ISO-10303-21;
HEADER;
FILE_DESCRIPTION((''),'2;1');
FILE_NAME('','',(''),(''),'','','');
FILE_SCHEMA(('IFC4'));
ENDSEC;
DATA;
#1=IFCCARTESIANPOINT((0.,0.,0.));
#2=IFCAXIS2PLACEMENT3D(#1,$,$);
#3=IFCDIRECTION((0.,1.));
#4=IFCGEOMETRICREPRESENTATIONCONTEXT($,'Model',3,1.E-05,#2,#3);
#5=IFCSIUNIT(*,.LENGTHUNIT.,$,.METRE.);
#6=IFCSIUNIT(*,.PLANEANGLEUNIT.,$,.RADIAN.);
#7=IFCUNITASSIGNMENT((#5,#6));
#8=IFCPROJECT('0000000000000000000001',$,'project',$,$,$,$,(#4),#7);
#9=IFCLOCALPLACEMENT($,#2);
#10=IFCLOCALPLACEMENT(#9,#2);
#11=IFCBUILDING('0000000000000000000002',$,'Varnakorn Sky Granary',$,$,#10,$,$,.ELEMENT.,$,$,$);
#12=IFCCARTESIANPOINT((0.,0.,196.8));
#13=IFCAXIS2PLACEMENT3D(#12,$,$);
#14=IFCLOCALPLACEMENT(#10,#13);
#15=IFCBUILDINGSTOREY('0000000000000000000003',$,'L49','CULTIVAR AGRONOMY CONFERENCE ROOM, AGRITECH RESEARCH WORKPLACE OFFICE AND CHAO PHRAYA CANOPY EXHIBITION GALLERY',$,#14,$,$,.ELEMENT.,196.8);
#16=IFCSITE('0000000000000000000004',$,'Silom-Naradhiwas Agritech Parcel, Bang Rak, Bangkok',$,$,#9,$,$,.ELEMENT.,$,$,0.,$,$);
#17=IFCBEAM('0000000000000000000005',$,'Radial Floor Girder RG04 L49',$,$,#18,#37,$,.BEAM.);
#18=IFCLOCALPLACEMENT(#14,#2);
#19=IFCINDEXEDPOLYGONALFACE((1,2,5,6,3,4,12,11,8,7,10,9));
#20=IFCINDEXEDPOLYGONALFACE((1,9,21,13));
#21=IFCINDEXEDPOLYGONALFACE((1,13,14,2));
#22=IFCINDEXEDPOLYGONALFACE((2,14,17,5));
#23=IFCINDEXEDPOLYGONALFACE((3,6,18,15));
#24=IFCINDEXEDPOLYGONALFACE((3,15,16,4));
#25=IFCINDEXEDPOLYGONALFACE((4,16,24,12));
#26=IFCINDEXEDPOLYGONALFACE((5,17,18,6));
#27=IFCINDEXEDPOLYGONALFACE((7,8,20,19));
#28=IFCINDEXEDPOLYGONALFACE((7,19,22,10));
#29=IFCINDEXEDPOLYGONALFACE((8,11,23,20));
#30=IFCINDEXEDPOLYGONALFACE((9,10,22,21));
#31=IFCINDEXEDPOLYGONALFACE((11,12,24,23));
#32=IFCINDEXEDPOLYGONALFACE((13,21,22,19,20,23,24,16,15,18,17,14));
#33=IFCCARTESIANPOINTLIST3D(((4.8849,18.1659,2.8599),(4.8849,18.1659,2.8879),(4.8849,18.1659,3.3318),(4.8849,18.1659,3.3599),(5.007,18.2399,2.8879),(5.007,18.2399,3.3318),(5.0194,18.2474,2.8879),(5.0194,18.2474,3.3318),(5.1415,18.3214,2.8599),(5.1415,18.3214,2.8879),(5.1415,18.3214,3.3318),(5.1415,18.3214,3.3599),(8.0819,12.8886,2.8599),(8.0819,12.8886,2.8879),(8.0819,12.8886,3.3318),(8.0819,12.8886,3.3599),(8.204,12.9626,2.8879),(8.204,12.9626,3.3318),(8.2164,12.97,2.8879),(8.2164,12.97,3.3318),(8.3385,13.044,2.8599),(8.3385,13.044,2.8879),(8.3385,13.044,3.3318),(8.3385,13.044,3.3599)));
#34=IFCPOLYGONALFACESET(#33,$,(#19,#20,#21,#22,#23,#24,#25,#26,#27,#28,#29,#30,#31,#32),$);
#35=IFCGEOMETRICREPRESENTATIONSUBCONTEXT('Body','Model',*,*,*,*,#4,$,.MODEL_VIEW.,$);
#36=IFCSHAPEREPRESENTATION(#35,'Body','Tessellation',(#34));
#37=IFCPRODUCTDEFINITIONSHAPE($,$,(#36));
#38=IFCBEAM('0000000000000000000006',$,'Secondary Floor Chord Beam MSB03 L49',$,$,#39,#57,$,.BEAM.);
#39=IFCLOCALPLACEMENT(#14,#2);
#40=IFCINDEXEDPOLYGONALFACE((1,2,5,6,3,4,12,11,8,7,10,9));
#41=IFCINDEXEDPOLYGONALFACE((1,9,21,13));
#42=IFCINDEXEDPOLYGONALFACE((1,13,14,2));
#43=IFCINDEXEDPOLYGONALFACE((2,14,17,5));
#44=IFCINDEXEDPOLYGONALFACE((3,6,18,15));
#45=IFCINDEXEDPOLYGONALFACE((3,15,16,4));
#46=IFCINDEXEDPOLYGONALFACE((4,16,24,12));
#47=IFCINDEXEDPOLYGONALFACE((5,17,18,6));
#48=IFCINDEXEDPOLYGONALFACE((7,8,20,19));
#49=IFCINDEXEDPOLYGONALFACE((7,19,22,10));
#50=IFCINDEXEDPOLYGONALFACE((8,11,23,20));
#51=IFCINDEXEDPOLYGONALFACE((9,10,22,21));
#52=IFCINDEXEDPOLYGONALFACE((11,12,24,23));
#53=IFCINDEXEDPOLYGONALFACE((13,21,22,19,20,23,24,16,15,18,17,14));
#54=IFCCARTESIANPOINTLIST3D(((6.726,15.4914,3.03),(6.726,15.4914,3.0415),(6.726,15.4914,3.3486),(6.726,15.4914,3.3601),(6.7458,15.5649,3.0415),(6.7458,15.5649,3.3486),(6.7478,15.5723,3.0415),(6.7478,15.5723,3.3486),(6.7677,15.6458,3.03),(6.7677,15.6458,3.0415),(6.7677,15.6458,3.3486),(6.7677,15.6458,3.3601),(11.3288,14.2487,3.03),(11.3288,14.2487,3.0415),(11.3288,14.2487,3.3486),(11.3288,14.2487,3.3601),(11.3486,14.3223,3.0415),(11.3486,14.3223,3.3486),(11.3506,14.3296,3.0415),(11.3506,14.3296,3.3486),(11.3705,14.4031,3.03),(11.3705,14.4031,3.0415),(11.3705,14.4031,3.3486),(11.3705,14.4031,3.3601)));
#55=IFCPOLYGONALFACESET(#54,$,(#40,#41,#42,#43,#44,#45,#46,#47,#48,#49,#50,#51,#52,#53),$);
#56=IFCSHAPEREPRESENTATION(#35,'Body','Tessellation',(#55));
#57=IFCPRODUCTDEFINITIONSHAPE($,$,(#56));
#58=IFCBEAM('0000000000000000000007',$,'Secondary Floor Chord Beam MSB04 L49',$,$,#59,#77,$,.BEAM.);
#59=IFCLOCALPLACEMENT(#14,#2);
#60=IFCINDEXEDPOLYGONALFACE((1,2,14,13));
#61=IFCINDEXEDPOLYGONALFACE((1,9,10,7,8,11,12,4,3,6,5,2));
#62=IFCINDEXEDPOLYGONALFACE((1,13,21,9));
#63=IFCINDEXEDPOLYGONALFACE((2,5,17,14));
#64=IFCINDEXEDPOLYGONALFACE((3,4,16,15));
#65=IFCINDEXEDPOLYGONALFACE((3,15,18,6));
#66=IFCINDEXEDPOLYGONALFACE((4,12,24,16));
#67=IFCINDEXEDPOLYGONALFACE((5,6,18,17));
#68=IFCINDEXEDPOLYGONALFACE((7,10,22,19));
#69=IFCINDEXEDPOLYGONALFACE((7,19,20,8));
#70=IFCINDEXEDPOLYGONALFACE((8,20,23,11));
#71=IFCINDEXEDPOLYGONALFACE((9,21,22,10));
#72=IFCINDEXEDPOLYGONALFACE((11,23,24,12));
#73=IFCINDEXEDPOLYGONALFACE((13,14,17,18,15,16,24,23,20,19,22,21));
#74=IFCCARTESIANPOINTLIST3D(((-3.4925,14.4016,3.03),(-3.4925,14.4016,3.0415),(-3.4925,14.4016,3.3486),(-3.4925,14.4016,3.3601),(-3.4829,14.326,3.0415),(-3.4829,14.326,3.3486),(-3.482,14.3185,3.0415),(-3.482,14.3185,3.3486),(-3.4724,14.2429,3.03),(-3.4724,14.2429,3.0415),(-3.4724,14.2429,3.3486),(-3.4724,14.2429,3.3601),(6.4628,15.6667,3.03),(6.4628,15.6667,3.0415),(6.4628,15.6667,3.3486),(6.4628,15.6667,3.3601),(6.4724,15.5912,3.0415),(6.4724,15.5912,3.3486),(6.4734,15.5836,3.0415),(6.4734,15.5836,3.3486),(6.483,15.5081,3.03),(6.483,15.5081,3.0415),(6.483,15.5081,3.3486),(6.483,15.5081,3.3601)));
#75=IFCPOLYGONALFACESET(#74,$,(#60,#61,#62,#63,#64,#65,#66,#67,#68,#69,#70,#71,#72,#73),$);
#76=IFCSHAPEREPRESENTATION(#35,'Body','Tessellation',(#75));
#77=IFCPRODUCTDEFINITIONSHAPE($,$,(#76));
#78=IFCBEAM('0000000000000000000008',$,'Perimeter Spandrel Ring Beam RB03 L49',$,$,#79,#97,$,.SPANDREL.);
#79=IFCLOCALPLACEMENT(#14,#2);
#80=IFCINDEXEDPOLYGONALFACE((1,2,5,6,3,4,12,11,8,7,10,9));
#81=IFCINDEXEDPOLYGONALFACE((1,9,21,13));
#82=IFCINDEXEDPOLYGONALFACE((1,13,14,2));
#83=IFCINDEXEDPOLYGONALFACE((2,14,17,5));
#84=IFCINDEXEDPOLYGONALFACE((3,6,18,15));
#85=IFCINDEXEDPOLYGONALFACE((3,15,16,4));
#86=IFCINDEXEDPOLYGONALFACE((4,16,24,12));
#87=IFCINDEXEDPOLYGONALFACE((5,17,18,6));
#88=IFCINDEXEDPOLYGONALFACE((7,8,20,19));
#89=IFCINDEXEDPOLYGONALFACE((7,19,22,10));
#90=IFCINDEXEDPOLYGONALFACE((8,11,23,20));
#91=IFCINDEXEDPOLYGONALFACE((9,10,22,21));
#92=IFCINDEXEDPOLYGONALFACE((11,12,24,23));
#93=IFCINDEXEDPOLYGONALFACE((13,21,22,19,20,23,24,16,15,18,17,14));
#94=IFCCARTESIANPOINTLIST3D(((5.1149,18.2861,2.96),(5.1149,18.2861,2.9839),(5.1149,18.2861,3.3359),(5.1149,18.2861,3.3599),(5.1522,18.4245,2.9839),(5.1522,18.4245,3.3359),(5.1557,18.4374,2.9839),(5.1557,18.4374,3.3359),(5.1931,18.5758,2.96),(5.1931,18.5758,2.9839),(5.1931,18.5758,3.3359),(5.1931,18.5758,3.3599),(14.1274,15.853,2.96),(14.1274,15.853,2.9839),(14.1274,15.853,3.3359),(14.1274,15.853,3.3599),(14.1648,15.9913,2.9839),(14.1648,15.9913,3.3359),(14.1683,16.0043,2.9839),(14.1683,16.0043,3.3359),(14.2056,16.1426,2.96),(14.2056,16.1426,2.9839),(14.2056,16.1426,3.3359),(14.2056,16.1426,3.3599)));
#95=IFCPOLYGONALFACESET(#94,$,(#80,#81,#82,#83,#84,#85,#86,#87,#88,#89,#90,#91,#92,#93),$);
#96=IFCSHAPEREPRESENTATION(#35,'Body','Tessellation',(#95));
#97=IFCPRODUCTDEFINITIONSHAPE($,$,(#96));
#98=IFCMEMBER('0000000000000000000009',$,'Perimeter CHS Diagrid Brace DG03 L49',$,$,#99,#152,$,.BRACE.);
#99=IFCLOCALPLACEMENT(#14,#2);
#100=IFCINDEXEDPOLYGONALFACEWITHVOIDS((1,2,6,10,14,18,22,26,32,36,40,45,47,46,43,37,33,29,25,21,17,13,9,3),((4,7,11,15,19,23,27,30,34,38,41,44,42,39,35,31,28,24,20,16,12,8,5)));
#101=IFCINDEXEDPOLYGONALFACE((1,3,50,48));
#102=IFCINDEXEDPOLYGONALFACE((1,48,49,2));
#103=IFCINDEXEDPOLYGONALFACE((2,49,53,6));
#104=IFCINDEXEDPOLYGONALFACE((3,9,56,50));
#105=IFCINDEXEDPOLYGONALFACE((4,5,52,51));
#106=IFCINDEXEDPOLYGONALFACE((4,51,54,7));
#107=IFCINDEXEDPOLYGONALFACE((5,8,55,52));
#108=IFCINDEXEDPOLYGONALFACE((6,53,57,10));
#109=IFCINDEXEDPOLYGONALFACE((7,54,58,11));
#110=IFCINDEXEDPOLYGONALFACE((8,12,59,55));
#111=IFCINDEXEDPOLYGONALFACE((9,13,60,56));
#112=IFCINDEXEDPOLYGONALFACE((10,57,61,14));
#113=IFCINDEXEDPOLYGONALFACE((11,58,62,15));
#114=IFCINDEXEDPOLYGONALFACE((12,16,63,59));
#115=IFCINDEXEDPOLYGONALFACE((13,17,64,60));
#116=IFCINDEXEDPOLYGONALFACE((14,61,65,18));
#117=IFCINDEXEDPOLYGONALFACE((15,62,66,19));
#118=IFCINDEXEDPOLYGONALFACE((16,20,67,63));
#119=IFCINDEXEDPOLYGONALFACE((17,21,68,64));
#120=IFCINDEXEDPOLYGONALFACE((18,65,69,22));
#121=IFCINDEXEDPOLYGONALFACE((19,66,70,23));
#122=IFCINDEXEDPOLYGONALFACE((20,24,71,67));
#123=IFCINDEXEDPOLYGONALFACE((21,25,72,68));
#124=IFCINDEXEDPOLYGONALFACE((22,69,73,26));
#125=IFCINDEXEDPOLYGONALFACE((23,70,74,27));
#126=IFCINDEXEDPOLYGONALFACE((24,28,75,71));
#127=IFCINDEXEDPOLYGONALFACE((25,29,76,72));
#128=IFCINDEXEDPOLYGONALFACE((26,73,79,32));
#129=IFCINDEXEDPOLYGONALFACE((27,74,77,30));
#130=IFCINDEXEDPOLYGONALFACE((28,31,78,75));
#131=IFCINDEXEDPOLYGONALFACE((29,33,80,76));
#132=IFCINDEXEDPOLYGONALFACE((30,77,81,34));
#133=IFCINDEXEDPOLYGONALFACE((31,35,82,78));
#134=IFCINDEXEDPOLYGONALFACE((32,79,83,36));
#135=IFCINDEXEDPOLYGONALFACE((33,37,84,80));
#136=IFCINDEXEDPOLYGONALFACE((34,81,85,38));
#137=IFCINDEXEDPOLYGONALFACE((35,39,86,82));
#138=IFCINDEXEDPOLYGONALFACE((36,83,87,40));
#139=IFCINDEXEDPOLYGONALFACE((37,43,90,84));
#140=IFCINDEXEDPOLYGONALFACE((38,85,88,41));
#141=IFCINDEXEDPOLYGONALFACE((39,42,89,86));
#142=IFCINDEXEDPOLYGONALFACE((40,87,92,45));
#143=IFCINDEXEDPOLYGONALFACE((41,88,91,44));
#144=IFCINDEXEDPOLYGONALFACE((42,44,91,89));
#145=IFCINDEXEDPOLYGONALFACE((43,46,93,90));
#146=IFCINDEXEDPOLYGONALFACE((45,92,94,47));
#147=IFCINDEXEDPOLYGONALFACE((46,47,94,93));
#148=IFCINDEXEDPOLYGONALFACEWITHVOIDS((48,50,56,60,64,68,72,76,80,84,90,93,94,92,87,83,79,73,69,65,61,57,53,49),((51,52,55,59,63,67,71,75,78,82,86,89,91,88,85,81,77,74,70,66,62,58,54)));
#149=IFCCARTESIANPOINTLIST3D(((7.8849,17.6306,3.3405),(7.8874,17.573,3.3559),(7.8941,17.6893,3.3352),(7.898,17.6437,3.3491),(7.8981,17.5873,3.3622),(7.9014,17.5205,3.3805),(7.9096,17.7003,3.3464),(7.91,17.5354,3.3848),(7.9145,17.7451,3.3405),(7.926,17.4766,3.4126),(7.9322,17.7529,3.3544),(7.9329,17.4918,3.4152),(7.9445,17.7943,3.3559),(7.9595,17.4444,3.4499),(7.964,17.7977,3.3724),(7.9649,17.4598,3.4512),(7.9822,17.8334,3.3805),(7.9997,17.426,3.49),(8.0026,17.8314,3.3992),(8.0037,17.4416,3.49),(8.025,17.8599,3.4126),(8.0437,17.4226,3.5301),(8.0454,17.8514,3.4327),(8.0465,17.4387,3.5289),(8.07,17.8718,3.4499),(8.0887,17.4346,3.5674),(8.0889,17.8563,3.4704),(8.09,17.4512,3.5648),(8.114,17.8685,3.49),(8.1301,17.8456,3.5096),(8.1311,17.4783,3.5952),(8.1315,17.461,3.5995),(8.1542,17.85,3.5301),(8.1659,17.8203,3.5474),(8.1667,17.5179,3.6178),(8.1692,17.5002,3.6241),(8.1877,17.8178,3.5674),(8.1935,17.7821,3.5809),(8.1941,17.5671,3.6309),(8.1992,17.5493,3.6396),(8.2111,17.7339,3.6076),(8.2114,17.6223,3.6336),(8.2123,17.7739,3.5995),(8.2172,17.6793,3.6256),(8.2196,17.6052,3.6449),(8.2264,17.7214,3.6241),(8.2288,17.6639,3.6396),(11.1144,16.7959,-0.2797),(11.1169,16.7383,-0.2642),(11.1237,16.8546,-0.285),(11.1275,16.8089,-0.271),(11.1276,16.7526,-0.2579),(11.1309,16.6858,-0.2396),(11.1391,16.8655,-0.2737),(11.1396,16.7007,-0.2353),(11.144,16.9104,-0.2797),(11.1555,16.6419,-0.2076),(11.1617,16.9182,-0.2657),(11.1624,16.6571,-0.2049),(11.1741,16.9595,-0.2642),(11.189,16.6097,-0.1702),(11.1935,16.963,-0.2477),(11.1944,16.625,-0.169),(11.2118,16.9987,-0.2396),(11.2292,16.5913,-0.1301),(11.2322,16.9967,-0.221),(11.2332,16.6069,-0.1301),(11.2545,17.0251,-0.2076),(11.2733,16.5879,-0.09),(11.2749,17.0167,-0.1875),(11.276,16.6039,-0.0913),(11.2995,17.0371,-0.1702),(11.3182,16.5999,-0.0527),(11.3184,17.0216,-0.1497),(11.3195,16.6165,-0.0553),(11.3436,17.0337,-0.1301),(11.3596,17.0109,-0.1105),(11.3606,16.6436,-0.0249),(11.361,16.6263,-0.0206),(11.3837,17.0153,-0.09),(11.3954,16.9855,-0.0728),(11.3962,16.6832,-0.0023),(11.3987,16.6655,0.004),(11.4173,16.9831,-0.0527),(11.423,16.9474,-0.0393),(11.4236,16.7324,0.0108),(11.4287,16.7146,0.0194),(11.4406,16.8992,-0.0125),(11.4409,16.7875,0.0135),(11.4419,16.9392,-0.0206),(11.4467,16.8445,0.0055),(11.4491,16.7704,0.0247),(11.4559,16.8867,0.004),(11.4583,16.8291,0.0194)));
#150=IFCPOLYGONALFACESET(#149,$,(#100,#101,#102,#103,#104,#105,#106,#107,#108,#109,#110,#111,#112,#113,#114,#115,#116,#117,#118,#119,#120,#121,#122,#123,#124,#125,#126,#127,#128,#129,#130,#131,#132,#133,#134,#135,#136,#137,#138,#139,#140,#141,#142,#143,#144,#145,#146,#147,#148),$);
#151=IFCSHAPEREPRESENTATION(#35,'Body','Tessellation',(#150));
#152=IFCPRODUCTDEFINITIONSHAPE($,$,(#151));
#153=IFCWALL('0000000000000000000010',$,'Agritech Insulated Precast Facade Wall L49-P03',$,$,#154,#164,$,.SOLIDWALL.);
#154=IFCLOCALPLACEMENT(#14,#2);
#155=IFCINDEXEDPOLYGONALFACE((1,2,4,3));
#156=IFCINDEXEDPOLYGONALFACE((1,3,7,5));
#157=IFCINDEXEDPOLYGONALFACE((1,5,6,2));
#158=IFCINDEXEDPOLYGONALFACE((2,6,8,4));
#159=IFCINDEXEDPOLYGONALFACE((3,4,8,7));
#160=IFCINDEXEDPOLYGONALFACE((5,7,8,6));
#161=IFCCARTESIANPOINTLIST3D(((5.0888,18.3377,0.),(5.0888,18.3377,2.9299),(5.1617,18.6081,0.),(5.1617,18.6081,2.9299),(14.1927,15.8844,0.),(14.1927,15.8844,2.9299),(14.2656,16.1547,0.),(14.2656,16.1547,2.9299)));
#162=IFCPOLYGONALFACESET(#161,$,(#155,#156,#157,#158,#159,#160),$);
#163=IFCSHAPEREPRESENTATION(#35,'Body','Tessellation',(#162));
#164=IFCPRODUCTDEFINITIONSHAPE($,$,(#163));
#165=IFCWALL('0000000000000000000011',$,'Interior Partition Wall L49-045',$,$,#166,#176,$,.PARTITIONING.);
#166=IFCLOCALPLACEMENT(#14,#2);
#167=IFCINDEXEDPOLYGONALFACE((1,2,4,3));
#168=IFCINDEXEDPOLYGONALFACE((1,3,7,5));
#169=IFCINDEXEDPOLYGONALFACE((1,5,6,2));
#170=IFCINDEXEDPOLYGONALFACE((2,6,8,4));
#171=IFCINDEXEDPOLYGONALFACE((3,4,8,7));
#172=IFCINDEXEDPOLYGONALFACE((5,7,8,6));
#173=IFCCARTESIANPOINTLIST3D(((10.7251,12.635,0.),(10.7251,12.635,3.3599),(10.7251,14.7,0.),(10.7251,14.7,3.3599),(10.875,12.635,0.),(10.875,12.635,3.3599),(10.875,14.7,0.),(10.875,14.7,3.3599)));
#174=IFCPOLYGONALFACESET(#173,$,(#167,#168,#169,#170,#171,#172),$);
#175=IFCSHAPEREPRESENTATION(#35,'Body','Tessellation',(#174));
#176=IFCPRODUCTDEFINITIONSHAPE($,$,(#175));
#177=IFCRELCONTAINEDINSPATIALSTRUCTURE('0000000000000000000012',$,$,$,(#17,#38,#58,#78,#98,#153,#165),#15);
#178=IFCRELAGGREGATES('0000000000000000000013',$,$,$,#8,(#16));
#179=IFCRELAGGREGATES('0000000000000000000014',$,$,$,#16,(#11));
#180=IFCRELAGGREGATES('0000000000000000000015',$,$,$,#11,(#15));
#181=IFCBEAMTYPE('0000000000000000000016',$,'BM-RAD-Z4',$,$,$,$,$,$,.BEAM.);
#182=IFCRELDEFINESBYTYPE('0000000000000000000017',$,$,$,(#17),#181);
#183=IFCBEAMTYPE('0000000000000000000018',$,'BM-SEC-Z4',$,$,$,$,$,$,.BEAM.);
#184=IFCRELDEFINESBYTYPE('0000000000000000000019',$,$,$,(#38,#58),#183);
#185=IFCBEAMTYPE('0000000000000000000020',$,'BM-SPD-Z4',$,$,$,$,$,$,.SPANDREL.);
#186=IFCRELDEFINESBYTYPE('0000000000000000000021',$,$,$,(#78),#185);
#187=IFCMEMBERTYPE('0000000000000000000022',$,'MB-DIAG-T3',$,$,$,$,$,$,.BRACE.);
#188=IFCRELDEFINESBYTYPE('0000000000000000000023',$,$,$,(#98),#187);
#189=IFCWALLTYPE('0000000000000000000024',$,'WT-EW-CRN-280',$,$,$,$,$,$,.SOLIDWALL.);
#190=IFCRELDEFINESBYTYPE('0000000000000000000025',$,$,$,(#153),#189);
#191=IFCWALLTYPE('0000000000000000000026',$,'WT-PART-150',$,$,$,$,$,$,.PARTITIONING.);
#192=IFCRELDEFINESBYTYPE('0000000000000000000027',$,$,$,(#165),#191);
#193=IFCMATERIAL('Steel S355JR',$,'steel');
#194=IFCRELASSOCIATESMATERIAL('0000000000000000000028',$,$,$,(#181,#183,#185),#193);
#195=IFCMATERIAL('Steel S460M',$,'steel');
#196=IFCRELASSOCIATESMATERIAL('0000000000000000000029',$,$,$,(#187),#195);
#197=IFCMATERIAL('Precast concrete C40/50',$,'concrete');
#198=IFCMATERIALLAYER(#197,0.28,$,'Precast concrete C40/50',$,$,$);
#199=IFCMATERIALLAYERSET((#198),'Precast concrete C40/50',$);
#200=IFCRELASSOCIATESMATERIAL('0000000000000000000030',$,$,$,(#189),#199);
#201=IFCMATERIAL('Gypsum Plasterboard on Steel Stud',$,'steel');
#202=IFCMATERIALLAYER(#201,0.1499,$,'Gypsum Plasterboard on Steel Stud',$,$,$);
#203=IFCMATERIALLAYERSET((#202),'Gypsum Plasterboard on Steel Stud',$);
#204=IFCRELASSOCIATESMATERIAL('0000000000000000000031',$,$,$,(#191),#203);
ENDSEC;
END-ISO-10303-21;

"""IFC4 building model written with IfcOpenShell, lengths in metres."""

from ifc_helpers import new_model, si_unit, direction, frame, frame_2d, origin, origin_2d, place, context, subcontext, project, spatial, rectangle, hollow_circle, i_section, extrude, material, layer, layer_set, material_profile, profile_set, type_object, element, save


model = new_model("IFC4")

# Units and contexts
model_context = context("Model", 3, precision=1e-05, world=origin(), true_north=direction((0.0, 1.0)))
body_context = subcontext(model_context, "Body", "Model", "MODEL_VIEW")
ifc_project = project(units=[si_unit("LENGTHUNIT", "METRE"), si_unit("PLANEANGLEUNIT", "RADIAN")], contexts=[model_context])

# Site, building, storey
site_placement = place(None, origin())
site = spatial("IfcSite", under=ifc_project, at=site_placement, Name="Silom-Naradhiwas Agritech Parcel, Bang Rak, Bangkok", CompositionType="ELEMENT", RefElevation=0.0)
building_placement = place(site_placement, origin())
building = spatial("IfcBuilding", under=site, at=building_placement, Name="Varnakorn Sky Granary", CompositionType="ELEMENT")
storey_placement = place(building_placement, frame((0.0, 0.0, 196.8)))
storey = spatial("IfcBuildingStorey", under=building, at=storey_placement, Name="L49", Description="CULTIVAR AGRONOMY CONFERENCE ROOM, AGRITECH RESEARCH WORKPLACE OFFICE AND CHAO PHRAYA CANOPY EXHIBITION GALLERY", CompositionType="ELEMENT", Elevation=196.8)

# Shared definitions
ifc_material_1 = material(Name="Steel S460M", Category="steel")

# Beams
ifc_material_2 = material(Name="Steel S355JR", Category="steel")
ifc_material_profile_1 = material_profile(ifc_material_2, i_section(OverallWidth=0.3, OverallDepth=0.5, WebThickness=0.0144, FlangeThickness=0.0281, at=origin_2d()), Name="HE 500 B")
ifc_profile_set_1 = profile_set([ifc_material_profile_1], Name="Steel S355JR")
beam_type_1 = type_object("IfcBeamType", Name="BM-RAD-Z4", PredefinedType="BEAM", material=ifc_profile_set_1)
beam_1_placement = place(storey_placement, frame((8.2102, 12.9663, 3.1099), z_axis=(-0.518139, 0.855296, 0.0), x_axis=(-0.855296, -0.518139, 0.0)))
element("IfcBeam", 1, at=beam_1_placement, inside=storey, type_object=beam_type_1, Name="Radial Floor Girder RG04 L49", PredefinedType="BEAM", context=body_context, shape_type="SweptSolid", body=[
    extrude(i_section(OverallWidth=0.3, OverallDepth=0.5, WebThickness=0.0144, FlangeThickness=0.0281, at=origin_2d()), origin(), (0.0, 0.0, 1.0), 6.1702),
])
ifc_material_profile_2 = material_profile(ifc_material_2, i_section(OverallWidth=0.1599, OverallDepth=0.3301, WebThickness=0.0076, FlangeThickness=0.0115, at=origin_2d()), Name="IPE 330")
ifc_profile_set_2 = profile_set([ifc_material_profile_2], Name="Steel S355JR")
beam_type_2 = type_object("IfcBeamType", Name="BM-SEC-Z4", PredefinedType="BEAM", material=ifc_profile_set_2)
beam_2_placement = place(storey_placement, frame((11.3496, 14.3259, 3.1951), z_axis=(-0.965433, 0.260651, 0.0), x_axis=(-0.260651, -0.965433, 0.0)))
element("IfcBeam", 2, at=beam_2_placement, inside=storey, type_object=beam_type_2, Name="Secondary Floor Chord Beam MSB03 L49", PredefinedType="BEAM", context=body_context, shape_type="SweptSolid", body=[
    extrude(i_section(OverallWidth=0.1599, OverallDepth=0.3301, WebThickness=0.0076, FlangeThickness=0.0115, at=origin_2d()), origin(), (0.0, 0.0, 1.0), 4.7676),
])
beam_3_placement = place(storey_placement, frame((6.4729, 15.5874, 3.1951), z_axis=(-0.992022, -0.126068, 0.0), x_axis=(0.126068, -0.992022, 0.0)))
element("IfcBeam", 3, at=beam_3_placement, inside=storey, type_object=beam_type_2, Name="Secondary Floor Chord Beam MSB04 L49", PredefinedType="BEAM", context=body_context, shape_type="SweptSolid", body=[
    extrude(i_section(OverallWidth=0.1599, OverallDepth=0.3301, WebThickness=0.0076, FlangeThickness=0.0115, at=origin_2d()), origin(), (0.0, 0.0, 1.0), 10.0354),
])
ifc_material_profile_3 = material_profile(ifc_material_2, i_section(OverallWidth=0.3, OverallDepth=0.3999, WebThickness=0.0134, FlangeThickness=0.0239, at=origin_2d()), Name="HE 400 B")
ifc_profile_set_3 = profile_set([ifc_material_profile_3], Name="Steel S355JR")
beam_type_3 = type_object("IfcBeamType", Name="BM-SPD-Z4", PredefinedType="SPANDREL", material=ifc_profile_set_3)
beam_4_placement = place(storey_placement, frame((14.1665, 15.9978, 3.1599), z_axis=(-0.965436, 0.26064, 0.0), x_axis=(-0.26064, -0.965436, 0.0)))
element("IfcBeam", 4, at=beam_4_placement, inside=storey, type_object=beam_type_3, Name="Perimeter Spandrel Ring Beam RB03 L49", PredefinedType="SPANDREL", context=body_context, shape_type="SweptSolid", body=[
    extrude(i_section(OverallWidth=0.3, OverallDepth=0.3999, WebThickness=0.0134, FlangeThickness=0.0239, at=origin_2d()), origin(), (0.0, 0.0, 1.0), 9.3352),
])

# Member
ifc_material_profile_4 = material_profile(ifc_material_1, hollow_circle(Radius=0.2285, WallThickness=0.0161, at=origin_2d()), Name="CHS 457x16")
ifc_profile_set_4 = profile_set([ifc_material_profile_4], Name="Steel S460M")
member_type = type_object("IfcMemberType", Name="MB-DIAG-T3", PredefinedType="BRACE", material=ifc_profile_set_4)
member_placement = place(storey_placement, frame((11.2864, 16.8125, -0.1301), z_axis=(-0.656059, 0.16957, 0.735413), x_axis=(-0.250243, -0.968183, 0.0)))
element("IfcMember", 5, at=member_placement, inside=storey, type_object=member_type, Name="Perimeter CHS Diagrid Brace DG03 L49", PredefinedType="BRACE", context=body_context, shape_type="SweptSolid", body=[
    extrude(hollow_circle(Radius=0.2285, WallThickness=0.0161, at=origin_2d()), origin(), (0.0, 0.0, 1.0), 4.9226),
])

# Walls
ifc_material_3 = material(Name="Precast concrete C40/50", Category="concrete")
ifc_layer_1 = layer(ifc_material_3, 0.28, Name="Precast concrete C40/50")
ifc_layer_set_1 = layer_set([ifc_layer_1], Name="Precast concrete C40/50")
wall_type_1 = type_object("IfcWallType", Name="WT-EW-CRN-280", PredefinedType="SOLIDWALL", material=ifc_layer_set_1)
wall_1_placement = place(storey_placement, frame((5.1252, 18.4729, 0.0), z_axis=(0.0, 0.0, 1.0), x_axis=(0.965555, -0.2602, 0.0)))
element("IfcWall", 6, at=wall_1_placement, inside=storey, type_object=wall_type_1, Name="Agritech Insulated Precast Facade Wall L49-P03", PredefinedType="SOLIDWALL", context=body_context, shape_type="SweptSolid", body=[
    extrude(rectangle(XDim=9.4287, YDim=0.28, at=frame_2d((4.7144, 0.0))), origin(), (0.0, 0.0, 1.0), 2.9299),
])
ifc_material_4 = material(Name="Gypsum Plasterboard on Steel Stud", Category="steel")
ifc_layer_2 = layer(ifc_material_4, 0.1499, Name="Gypsum Plasterboard on Steel Stud")
ifc_layer_set_2 = layer_set([ifc_layer_2], Name="Gypsum Plasterboard on Steel Stud")
wall_type_2 = type_object("IfcWallType", Name="WT-PART-150", PredefinedType="PARTITIONING", material=ifc_layer_set_2)
wall_2_placement = place(storey_placement, frame((10.8, 12.635, 0.0), z_axis=(0.0, 0.0, 1.0), x_axis=(0.0, 1.0, 0.0)))
element("IfcWall", 7, at=wall_2_placement, inside=storey, type_object=wall_type_2, Name="Interior Partition Wall L49-045", PredefinedType="PARTITIONING", context=body_context, shape_type="SweptSolid", body=[
    extrude(rectangle(XDim=2.0649, YDim=0.1499, at=frame_2d((1.0325, 0.0))), origin(), (0.0, 0.0, 1.0), 3.3599),
])

save(model, "model.ifc")
